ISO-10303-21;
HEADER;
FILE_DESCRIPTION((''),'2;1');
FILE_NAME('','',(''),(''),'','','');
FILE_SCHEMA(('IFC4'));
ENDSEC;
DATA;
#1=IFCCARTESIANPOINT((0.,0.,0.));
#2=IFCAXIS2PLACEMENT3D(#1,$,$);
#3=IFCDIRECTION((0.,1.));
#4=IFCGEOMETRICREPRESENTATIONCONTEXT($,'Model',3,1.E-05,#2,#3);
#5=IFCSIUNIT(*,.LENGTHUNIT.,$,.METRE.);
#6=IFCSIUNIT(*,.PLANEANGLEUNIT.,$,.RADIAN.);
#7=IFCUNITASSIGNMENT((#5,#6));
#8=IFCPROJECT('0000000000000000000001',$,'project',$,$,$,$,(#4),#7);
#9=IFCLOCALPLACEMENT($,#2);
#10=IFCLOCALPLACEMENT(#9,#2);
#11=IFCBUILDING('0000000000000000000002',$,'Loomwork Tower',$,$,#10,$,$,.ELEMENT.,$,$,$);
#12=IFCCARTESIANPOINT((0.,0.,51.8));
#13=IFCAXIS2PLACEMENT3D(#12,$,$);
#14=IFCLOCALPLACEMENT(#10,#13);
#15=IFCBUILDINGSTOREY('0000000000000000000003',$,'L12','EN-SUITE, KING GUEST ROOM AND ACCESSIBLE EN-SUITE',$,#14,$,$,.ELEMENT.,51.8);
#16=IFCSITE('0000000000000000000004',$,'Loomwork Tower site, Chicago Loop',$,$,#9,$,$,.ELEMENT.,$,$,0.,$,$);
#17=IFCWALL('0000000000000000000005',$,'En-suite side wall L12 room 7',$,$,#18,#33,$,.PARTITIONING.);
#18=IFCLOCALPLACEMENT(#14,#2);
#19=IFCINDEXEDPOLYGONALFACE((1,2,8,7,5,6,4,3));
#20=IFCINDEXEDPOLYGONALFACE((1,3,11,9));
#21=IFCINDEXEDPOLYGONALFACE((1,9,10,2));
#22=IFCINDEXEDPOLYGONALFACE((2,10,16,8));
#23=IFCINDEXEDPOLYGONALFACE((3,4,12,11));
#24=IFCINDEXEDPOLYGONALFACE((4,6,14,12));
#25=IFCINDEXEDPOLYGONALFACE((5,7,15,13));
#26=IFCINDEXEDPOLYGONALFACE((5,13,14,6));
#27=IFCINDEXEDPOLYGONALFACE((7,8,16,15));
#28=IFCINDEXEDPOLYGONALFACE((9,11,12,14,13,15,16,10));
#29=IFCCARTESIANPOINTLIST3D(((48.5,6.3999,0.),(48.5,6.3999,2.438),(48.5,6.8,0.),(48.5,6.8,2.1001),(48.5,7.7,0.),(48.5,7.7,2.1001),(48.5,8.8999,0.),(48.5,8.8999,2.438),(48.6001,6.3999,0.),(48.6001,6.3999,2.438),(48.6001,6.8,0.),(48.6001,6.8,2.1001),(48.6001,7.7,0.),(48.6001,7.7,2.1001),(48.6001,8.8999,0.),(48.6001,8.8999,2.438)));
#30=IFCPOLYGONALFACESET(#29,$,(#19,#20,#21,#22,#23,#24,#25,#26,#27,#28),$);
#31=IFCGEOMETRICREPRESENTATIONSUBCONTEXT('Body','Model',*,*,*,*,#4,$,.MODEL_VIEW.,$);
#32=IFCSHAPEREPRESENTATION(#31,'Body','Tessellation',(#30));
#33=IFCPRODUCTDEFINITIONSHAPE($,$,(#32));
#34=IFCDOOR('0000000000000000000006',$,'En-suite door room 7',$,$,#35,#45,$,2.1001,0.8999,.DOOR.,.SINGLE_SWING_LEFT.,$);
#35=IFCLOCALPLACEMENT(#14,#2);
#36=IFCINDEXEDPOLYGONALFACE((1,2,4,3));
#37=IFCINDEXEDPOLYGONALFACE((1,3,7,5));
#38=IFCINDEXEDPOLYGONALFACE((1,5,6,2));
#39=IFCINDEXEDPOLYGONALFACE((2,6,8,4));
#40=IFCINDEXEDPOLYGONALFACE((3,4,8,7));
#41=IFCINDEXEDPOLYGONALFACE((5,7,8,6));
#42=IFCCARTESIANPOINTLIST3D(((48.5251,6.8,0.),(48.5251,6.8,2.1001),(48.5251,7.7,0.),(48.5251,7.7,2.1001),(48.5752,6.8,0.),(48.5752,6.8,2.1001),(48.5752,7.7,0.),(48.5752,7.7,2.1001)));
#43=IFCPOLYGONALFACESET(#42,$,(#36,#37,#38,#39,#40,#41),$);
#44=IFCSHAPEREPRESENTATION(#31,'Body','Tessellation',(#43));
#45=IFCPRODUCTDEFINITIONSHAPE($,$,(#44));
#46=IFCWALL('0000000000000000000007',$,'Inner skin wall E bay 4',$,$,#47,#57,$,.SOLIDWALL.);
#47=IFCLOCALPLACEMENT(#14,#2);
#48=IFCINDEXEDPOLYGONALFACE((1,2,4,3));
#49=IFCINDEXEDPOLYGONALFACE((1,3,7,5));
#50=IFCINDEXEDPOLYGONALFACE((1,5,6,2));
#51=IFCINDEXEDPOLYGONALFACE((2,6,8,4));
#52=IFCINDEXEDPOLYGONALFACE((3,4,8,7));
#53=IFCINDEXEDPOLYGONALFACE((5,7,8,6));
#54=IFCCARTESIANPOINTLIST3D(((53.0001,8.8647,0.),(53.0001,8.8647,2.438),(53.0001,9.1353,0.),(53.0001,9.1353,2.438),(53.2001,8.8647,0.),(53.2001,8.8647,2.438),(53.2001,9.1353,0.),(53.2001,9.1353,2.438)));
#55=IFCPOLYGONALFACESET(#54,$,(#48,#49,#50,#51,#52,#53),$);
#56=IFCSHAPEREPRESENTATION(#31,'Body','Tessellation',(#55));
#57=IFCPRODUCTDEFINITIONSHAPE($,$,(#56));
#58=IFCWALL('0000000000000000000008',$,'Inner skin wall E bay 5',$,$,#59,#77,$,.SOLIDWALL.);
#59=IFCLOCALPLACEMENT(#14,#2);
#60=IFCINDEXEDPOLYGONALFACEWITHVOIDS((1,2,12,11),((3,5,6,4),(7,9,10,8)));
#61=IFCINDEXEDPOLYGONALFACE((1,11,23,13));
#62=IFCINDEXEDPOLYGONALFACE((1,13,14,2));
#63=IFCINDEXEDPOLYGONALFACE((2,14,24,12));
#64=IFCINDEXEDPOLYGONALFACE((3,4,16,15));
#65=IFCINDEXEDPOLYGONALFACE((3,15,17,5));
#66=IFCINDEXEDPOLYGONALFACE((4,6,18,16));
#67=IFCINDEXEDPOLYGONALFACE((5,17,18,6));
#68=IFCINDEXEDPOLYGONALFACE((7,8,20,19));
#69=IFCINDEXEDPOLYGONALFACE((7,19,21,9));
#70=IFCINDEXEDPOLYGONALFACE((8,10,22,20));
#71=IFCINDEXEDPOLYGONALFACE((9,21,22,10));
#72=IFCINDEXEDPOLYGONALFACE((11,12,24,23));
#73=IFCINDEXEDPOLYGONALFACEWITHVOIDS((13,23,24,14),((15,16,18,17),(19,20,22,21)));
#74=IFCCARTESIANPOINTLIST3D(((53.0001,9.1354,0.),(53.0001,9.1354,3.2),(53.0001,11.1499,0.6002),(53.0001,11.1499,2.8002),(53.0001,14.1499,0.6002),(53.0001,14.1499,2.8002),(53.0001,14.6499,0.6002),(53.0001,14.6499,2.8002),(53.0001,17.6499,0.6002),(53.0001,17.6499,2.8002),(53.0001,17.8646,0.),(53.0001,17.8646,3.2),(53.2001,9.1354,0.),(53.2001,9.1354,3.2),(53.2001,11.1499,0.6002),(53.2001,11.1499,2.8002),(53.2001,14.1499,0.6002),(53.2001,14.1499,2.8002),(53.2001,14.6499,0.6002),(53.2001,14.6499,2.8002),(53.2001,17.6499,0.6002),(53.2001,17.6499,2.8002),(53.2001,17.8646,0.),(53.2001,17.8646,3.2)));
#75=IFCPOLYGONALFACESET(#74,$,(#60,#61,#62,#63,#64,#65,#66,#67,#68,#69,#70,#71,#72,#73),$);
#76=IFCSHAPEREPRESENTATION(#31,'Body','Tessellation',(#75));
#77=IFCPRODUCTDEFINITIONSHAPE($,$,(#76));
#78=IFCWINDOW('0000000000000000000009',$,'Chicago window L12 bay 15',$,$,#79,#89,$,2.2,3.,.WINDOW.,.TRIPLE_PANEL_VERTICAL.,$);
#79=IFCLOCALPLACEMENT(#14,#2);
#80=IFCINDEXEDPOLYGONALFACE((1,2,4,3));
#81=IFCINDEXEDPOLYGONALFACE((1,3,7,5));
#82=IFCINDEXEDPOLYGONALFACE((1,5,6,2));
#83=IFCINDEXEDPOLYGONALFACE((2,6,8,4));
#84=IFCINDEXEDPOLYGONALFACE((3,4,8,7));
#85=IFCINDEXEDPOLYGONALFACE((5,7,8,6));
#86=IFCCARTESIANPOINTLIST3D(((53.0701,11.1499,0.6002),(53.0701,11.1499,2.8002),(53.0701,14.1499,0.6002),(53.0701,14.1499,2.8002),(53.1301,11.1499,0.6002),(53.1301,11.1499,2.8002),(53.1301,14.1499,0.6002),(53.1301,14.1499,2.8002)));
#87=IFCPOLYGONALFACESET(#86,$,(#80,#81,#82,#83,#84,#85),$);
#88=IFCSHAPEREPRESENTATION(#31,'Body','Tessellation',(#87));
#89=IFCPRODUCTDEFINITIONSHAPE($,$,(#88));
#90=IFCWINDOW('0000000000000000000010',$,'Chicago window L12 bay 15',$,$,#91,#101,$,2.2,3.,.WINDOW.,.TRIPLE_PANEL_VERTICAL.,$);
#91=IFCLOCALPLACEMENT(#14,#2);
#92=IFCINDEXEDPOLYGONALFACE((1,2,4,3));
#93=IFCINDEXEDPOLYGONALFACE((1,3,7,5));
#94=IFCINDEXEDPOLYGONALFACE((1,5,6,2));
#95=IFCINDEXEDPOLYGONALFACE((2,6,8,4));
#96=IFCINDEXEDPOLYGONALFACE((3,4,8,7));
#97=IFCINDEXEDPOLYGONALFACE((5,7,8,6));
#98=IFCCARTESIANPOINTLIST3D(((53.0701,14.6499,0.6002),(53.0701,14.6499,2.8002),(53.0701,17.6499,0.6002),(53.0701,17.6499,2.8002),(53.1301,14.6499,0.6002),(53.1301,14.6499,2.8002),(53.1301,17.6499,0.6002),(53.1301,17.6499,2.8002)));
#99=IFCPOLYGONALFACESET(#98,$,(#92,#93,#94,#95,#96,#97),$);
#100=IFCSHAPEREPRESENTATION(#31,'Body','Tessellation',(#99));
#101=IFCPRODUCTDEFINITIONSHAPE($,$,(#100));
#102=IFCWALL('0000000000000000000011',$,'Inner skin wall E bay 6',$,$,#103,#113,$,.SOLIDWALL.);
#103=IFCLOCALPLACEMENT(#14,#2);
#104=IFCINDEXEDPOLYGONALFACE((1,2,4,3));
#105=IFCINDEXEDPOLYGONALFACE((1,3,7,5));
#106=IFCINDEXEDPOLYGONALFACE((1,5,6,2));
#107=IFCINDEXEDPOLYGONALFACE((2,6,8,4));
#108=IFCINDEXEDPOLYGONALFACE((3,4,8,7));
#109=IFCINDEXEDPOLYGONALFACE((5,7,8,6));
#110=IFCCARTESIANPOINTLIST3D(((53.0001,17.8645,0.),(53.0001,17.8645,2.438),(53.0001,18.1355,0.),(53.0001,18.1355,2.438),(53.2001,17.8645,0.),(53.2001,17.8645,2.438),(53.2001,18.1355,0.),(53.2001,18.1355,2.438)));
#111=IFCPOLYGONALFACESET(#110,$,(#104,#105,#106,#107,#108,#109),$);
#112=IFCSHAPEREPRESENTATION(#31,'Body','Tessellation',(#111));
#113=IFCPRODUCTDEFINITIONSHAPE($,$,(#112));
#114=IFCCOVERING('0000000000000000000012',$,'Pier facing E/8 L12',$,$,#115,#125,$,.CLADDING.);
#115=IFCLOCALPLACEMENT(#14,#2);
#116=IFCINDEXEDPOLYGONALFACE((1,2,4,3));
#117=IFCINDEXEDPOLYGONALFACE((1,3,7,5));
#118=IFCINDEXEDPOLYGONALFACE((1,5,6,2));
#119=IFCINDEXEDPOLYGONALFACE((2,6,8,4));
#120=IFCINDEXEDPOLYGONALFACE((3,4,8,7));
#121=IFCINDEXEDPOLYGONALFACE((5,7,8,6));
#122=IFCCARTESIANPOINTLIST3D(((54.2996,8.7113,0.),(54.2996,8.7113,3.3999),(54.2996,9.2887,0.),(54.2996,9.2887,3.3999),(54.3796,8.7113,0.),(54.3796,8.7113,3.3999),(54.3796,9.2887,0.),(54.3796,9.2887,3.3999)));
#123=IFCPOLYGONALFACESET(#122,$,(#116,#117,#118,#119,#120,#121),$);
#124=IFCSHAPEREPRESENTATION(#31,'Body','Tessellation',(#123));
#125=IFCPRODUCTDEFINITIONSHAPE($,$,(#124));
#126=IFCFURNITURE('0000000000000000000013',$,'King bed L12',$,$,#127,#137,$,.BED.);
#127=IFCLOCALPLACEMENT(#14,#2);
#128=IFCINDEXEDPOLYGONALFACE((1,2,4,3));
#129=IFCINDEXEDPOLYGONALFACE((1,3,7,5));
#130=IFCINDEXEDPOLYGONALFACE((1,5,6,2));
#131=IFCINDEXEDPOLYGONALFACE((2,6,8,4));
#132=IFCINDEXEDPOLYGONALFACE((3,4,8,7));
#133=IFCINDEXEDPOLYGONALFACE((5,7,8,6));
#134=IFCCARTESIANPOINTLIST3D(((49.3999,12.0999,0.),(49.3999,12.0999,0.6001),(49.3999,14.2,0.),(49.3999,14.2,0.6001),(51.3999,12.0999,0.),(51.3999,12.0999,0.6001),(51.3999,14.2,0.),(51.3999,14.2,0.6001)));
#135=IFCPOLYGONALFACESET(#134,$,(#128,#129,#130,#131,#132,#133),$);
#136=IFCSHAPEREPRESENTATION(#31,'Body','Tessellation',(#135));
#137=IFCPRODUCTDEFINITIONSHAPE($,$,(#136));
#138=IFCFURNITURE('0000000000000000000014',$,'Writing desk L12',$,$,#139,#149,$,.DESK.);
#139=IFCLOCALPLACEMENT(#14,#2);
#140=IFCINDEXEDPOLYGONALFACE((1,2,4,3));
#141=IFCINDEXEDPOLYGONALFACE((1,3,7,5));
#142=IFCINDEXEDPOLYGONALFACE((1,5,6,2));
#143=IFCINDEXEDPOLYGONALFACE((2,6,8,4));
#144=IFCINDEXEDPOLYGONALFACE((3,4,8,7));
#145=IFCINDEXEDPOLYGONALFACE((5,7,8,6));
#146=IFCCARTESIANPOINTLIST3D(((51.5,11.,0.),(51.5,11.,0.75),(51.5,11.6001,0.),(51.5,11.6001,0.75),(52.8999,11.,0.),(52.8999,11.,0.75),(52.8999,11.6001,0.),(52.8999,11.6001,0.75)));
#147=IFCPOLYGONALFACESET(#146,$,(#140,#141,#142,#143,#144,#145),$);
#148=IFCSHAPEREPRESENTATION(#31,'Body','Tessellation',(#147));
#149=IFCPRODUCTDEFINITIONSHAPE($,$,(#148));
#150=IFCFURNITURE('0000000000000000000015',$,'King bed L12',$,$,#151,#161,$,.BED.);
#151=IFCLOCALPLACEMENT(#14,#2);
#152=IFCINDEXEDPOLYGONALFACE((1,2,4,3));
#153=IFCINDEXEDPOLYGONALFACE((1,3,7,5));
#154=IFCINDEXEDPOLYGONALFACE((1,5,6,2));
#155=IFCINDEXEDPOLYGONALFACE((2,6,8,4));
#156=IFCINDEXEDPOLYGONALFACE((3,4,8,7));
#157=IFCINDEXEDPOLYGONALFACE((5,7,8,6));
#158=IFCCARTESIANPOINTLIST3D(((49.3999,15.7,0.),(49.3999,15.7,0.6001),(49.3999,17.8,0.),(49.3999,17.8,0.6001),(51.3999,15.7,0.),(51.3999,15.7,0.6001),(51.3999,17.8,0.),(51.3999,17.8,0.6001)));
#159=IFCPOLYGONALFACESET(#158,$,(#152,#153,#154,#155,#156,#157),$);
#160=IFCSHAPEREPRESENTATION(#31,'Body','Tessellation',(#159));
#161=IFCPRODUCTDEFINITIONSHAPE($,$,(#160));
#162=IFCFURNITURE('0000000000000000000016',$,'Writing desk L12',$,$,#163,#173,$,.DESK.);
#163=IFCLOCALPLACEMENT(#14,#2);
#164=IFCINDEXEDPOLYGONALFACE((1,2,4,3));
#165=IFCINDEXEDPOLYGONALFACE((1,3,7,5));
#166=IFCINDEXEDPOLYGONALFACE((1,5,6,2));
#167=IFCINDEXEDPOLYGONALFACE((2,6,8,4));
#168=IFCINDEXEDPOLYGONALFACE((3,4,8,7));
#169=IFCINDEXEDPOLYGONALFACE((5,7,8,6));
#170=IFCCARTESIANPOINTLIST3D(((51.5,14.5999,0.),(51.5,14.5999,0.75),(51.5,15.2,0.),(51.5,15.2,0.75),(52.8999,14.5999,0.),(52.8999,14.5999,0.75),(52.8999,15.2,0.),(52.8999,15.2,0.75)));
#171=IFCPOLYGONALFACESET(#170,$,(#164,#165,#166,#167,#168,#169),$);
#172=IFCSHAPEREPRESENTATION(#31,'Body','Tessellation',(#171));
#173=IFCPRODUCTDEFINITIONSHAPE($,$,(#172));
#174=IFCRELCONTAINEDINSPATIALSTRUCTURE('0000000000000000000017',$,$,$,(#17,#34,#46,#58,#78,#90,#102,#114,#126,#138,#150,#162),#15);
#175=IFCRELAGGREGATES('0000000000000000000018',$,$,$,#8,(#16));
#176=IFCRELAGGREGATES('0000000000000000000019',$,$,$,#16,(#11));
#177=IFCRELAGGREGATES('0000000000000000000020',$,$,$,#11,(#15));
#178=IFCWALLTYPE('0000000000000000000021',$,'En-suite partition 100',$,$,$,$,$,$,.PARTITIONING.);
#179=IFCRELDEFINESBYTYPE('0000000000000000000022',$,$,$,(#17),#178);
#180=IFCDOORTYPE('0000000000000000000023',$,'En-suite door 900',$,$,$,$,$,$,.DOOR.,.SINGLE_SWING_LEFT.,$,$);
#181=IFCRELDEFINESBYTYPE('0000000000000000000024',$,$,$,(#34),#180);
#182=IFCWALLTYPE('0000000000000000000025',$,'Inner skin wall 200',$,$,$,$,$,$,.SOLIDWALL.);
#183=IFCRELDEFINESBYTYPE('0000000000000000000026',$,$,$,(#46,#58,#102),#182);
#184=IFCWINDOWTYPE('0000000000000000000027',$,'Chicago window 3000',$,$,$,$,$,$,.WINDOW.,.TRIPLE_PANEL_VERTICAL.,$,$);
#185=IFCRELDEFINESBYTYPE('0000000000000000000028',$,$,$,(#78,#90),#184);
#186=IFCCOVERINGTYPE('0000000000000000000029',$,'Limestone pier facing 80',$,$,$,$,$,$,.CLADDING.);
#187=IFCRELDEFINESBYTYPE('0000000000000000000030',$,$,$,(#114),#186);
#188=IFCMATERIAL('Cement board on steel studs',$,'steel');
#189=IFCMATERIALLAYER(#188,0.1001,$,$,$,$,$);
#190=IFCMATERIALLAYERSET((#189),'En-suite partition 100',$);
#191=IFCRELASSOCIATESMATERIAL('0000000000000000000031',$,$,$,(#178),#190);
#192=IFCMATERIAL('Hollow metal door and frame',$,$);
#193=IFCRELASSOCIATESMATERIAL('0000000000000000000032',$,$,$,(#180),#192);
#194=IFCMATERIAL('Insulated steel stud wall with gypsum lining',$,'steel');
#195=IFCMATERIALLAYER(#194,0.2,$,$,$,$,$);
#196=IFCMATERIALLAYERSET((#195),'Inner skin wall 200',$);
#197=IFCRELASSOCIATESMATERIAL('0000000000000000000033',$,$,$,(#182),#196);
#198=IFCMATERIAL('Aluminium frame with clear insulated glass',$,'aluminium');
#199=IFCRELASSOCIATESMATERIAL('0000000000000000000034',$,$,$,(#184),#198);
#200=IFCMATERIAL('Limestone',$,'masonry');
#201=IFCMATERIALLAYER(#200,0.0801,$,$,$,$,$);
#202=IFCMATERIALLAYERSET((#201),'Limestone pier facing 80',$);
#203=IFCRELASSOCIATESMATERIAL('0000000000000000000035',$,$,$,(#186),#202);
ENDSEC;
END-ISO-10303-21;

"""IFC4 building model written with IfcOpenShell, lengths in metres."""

from ifc_helpers import new_model, si_unit, direction, frame, frame_2d, origin, origin_2d, place, context, subcontext, project, spatial, rectangle, extrude, material, layer, layer_set, type_object, element, fill, save


model = new_model("IFC4")

# Units and contexts
model_context = context("Model", 3, precision=1e-05, world=origin(), true_north=direction((0.0, 1.0)))
body_context = subcontext(model_context, "Body", "Model", "MODEL_VIEW")
ifc_project = project(units=[si_unit("LENGTHUNIT", "METRE"), si_unit("PLANEANGLEUNIT", "RADIAN")], contexts=[model_context])

# Site, building, storey
site_placement = place(None, origin())
site = spatial("IfcSite", under=ifc_project, at=site_placement, Name="Loomwork Tower site, Chicago Loop", CompositionType="ELEMENT", RefElevation=0.0)
building_placement = place(site_placement, origin())
building = spatial("IfcBuilding", under=site, at=building_placement, Name="Loomwork Tower", CompositionType="ELEMENT")
storey_placement = place(building_placement, frame((0.0, 0.0, 51.8)))
storey = spatial("IfcBuildingStorey", under=building, at=storey_placement, Name="L12", Description="EN-SUITE, KING GUEST ROOM AND ACCESSIBLE EN-SUITE", CompositionType="ELEMENT", Elevation=51.8)

# Wall, opening, door
ifc_material_1 = material(Name="Cement board on steel studs", Category="steel")
ifc_layer_1 = layer(ifc_material_1, 0.1001)
ifc_layer_set_1 = layer_set([ifc_layer_1], Name="En-suite partition 100")
wall_type_1 = type_object("IfcWallType", Name="En-suite partition 100", PredefinedType="PARTITIONING", material=ifc_layer_set_1)
wall_1_placement = place(storey_placement, frame((48.55, 8.8999, 0.0), z_axis=(0.0, 0.0, 1.0), x_axis=(0.0, -1.0, 0.0)))
wall_1 = element("IfcWall", 1, at=wall_1_placement, inside=storey, type_object=wall_type_1, Name="En-suite side wall L12 room 7", PredefinedType="PARTITIONING", context=body_context, shape_type="SweptSolid", body=[
    extrude(rectangle(XDim=2.5, YDim=0.1001, at=frame_2d((1.25, 0.0))), origin(), (0.0, 0.0, 1.0), 2.438),
])
opening_1_placement = place(wall_1_placement, frame((1.2, 0.0, 0.0)))
opening_1 = element("IfcOpeningElement", 2, at=opening_1_placement, cuts=wall_1, PredefinedType="OPENING", context=body_context, shape_type="SweptSolid", body=[
    extrude(rectangle(XDim=0.8999, YDim=2.1001, at=frame_2d((0.45, 1.05))), frame((0.0, 0.0601, 0.0), z_axis=(0.0, -1.0, 0.0), x_axis=(1.0, 0.0, 0.0)), (0.0, 0.0, 1.0), 0.1201),
])
ifc_material_2 = material(Name="Hollow metal door and frame")
door_type = type_object("IfcDoorType", Name="En-suite door 900", OperationType="SINGLE_SWING_LEFT", PredefinedType="DOOR", material=ifc_material_2)
door_placement = place(opening_1_placement, frame((0.8999, 0.0, 0.0), z_axis=(0.0, 0.0, 1.0), x_axis=(-1.0, 0.0, 0.0)))
door = element("IfcDoor", 3, at=door_placement, inside=storey, type_object=door_type, Name="En-suite door room 7", OperationType="SINGLE_SWING_LEFT", OverallHeight=2.1001, OverallWidth=0.8999, PredefinedType="DOOR", context=body_context, shape_type="SweptSolid", body=[
    extrude(rectangle(XDim=0.8999, YDim=2.1001, at=frame_2d((0.45, 1.05))), frame((0.0, 0.0249, 0.0), z_axis=(0.0, -1.0, 0.0), x_axis=(1.0, 0.0, 0.0)), (0.0, 0.0, 1.0), 0.05),
])
fill(opening_1, door)

# Wall
ifc_material_3 = material(Name="Insulated steel stud wall with gypsum lining", Category="steel")
ifc_layer_2 = layer(ifc_material_3, 0.2)
ifc_layer_set_2 = layer_set([ifc_layer_2], Name="Inner skin wall 200")
wall_type_2 = type_object("IfcWallType", Name="Inner skin wall 200", PredefinedType="SOLIDWALL", material=ifc_layer_set_2)
wall_2_placement = place(storey_placement, frame((53.1001, 8.8647, 0.0), z_axis=(0.0, 0.0, 1.0), x_axis=(0.0, 1.0, 0.0)))
element("IfcWall", 4, at=wall_2_placement, inside=storey, type_object=wall_type_2, Name="Inner skin wall E bay 4", PredefinedType="SOLIDWALL", context=body_context, shape_type="SweptSolid", body=[
    extrude(rectangle(XDim=0.2705, YDim=0.2, at=frame_2d((0.1353, 0.0))), origin(), (0.0, 0.0, 1.0), 2.438),
])

# Wall, openings, windows
wall_3_placement = place(storey_placement, frame((53.1001, 9.1353, 0.0), z_axis=(0.0, 0.0, 1.0), x_axis=(0.0, 1.0, 0.0)))
wall_3 = element("IfcWall", 5, at=wall_3_placement, inside=storey, type_object=wall_type_2, Name="Inner skin wall E bay 5", PredefinedType="SOLIDWALL", context=body_context, shape_type="SweptSolid", body=[
    extrude(rectangle(XDim=8.7292, YDim=0.2, at=frame_2d((4.3647, 0.0))), origin(), (0.0, 0.0, 1.0), 3.2),
])
opening_2_placement = place(wall_3_placement, frame((2.0146, 0.0, 0.6001)))
opening_2 = element("IfcOpeningElement", 6, at=opening_2_placement, cuts=wall_3, PredefinedType="OPENING", context=body_context, shape_type="SweptSolid", body=[
    extrude(rectangle(XDim=3.0, YDim=2.2, at=frame_2d((1.5, 1.1001))), frame((0.0, 0.1099, 0.0), z_axis=(0.0, -1.0, 0.0), x_axis=(1.0, 0.0, 0.0)), (0.0, 0.0, 1.0), 0.22),
])
opening_3_placement = place(wall_3_placement, frame((5.5146, 0.0, 0.6001)))
opening_3 = element("IfcOpeningElement", 7, at=opening_3_placement, cuts=wall_3, PredefinedType="OPENING", context=body_context, shape_type="SweptSolid", body=[
    extrude(rectangle(XDim=3.0, YDim=2.2, at=frame_2d((1.5, 1.1001))), frame((0.0, 0.1099, 0.0), z_axis=(0.0, -1.0, 0.0), x_axis=(1.0, 0.0, 0.0)), (0.0, 0.0, 1.0), 0.22),
])
ifc_material_4 = material(Name="Aluminium frame with clear insulated glass", Category="aluminium")
window_type = type_object("IfcWindowType", Name="Chicago window 3000", PartitioningType="TRIPLE_PANEL_VERTICAL", PredefinedType="WINDOW", material=ifc_material_4)
window_1_placement = place(opening_2_placement, origin())
window_1 = element("IfcWindow", 8, at=window_1_placement, inside=storey, type_object=window_type, Name="Chicago window L12 bay 15", OverallHeight=2.2, OverallWidth=3.0, PartitioningType="TRIPLE_PANEL_VERTICAL", PredefinedType="WINDOW", context=body_context, shape_type="SweptSolid", body=[
    extrude(rectangle(XDim=3.0, YDim=2.2, at=frame_2d((1.5, 1.1001))), frame((0.0, 0.03, 0.0), z_axis=(0.0, -1.0, 0.0), x_axis=(1.0, 0.0, 0.0)), (0.0, 0.0, 1.0), 0.0601),
])
fill(opening_2, window_1)
window_2_placement = place(opening_3_placement, origin())
window_2 = element("IfcWindow", 9, at=window_2_placement, inside=storey, type_object=window_type, Name="Chicago window L12 bay 15", OverallHeight=2.2, OverallWidth=3.0, PartitioningType="TRIPLE_PANEL_VERTICAL", PredefinedType="WINDOW", context=body_context, shape_type="SweptSolid", body=[
    extrude(rectangle(XDim=3.0, YDim=2.2, at=frame_2d((1.5, 1.1001))), frame((0.0, 0.03, 0.0), z_axis=(0.0, -1.0, 0.0), x_axis=(1.0, 0.0, 0.0)), (0.0, 0.0, 1.0), 0.0601),
])
fill(opening_3, window_2)

# Wall
wall_4_placement = place(storey_placement, frame((53.1001, 17.8645, 0.0), z_axis=(0.0, 0.0, 1.0), x_axis=(0.0, 1.0, 0.0)))
element("IfcWall", 10, at=wall_4_placement, inside=storey, type_object=wall_type_2, Name="Inner skin wall E bay 6", PredefinedType="SOLIDWALL", context=body_context, shape_type="SweptSolid", body=[
    extrude(rectangle(XDim=0.271, YDim=0.2, at=frame_2d((0.1355, 0.0))), origin(), (0.0, 0.0, 1.0), 2.438),
])

# Covering
ifc_material_5 = material(Name="Limestone", Category="masonry")
ifc_layer_3 = layer(ifc_material_5, 0.0801)
ifc_layer_set_3 = layer_set([ifc_layer_3], Name="Limestone pier facing 80")
covering_type = type_object("IfcCoveringType", Name="Limestone pier facing 80", PredefinedType="CLADDING", material=ifc_layer_set_3)
covering_placement = place(storey_placement, frame((54.3396, 9.0, 0.0), z_axis=(0.0, 0.0, 1.0), x_axis=(1.0, 0.0, 0.0)))
element("IfcCovering", 11, at=covering_placement, inside=storey, type_object=covering_type, Name="Pier facing E/8 L12", PredefinedType="CLADDING", context=body_context, shape_type="SweptSolid", body=[
    extrude(rectangle(XDim=0.0801, YDim=0.5774, at=origin_2d()), origin(), (0.0, 0.0, 1.0), 3.3999),
])

# Furniture
furniture_1_placement = place(storey_placement, frame((50.3999, 13.1499, 0.0), z_axis=(0.0, 0.0, 1.0), x_axis=(1.0, 0.0, 0.0)))
element("IfcFurniture", 12, at=furniture_1_placement, inside=storey, Name="King bed L12", PredefinedType="BED", context=body_context, shape_type="SweptSolid", body=[
    extrude(rectangle(XDim=2.0, YDim=2.1001, at=origin_2d()), origin(), (0.0, 0.0, 1.0), 0.6001),
])
furniture_2_placement = place(storey_placement, frame((52.2, 11.3, 0.0), z_axis=(0.0, 0.0, 1.0), x_axis=(1.0, 0.0, 0.0)))
element("IfcFurniture", 13, at=furniture_2_placement, inside=storey, Name="Writing desk L12", PredefinedType="DESK", context=body_context, shape_type="SweptSolid", body=[
    extrude(rectangle(XDim=1.3999, YDim=0.6001, at=origin_2d()), origin(), (0.0, 0.0, 1.0), 0.75),
])
furniture_3_placement = place(storey_placement, frame((50.3999, 16.75, 0.0), z_axis=(0.0, 0.0, 1.0), x_axis=(1.0, 0.0, 0.0)))
element("IfcFurniture", 14, at=furniture_3_placement, inside=storey, Name="King bed L12", PredefinedType="BED", context=body_context, shape_type="SweptSolid", body=[
    extrude(rectangle(XDim=2.0, YDim=2.1001, at=origin_2d()), origin(), (0.0, 0.0, 1.0), 0.6001),
])
furniture_4_placement = place(storey_placement, frame((52.2, 14.8999, 0.0), z_axis=(0.0, 0.0, 1.0), x_axis=(1.0, 0.0, 0.0)))
element("IfcFurniture", 15, at=furniture_4_placement, inside=storey, Name="Writing desk L12", PredefinedType="DESK", context=body_context, shape_type="SweptSolid", body=[
    extrude(rectangle(XDim=1.3999, YDim=0.6001, at=origin_2d()), origin(), (0.0, 0.0, 1.0), 0.75),
])

save(model, "model.ifc")
